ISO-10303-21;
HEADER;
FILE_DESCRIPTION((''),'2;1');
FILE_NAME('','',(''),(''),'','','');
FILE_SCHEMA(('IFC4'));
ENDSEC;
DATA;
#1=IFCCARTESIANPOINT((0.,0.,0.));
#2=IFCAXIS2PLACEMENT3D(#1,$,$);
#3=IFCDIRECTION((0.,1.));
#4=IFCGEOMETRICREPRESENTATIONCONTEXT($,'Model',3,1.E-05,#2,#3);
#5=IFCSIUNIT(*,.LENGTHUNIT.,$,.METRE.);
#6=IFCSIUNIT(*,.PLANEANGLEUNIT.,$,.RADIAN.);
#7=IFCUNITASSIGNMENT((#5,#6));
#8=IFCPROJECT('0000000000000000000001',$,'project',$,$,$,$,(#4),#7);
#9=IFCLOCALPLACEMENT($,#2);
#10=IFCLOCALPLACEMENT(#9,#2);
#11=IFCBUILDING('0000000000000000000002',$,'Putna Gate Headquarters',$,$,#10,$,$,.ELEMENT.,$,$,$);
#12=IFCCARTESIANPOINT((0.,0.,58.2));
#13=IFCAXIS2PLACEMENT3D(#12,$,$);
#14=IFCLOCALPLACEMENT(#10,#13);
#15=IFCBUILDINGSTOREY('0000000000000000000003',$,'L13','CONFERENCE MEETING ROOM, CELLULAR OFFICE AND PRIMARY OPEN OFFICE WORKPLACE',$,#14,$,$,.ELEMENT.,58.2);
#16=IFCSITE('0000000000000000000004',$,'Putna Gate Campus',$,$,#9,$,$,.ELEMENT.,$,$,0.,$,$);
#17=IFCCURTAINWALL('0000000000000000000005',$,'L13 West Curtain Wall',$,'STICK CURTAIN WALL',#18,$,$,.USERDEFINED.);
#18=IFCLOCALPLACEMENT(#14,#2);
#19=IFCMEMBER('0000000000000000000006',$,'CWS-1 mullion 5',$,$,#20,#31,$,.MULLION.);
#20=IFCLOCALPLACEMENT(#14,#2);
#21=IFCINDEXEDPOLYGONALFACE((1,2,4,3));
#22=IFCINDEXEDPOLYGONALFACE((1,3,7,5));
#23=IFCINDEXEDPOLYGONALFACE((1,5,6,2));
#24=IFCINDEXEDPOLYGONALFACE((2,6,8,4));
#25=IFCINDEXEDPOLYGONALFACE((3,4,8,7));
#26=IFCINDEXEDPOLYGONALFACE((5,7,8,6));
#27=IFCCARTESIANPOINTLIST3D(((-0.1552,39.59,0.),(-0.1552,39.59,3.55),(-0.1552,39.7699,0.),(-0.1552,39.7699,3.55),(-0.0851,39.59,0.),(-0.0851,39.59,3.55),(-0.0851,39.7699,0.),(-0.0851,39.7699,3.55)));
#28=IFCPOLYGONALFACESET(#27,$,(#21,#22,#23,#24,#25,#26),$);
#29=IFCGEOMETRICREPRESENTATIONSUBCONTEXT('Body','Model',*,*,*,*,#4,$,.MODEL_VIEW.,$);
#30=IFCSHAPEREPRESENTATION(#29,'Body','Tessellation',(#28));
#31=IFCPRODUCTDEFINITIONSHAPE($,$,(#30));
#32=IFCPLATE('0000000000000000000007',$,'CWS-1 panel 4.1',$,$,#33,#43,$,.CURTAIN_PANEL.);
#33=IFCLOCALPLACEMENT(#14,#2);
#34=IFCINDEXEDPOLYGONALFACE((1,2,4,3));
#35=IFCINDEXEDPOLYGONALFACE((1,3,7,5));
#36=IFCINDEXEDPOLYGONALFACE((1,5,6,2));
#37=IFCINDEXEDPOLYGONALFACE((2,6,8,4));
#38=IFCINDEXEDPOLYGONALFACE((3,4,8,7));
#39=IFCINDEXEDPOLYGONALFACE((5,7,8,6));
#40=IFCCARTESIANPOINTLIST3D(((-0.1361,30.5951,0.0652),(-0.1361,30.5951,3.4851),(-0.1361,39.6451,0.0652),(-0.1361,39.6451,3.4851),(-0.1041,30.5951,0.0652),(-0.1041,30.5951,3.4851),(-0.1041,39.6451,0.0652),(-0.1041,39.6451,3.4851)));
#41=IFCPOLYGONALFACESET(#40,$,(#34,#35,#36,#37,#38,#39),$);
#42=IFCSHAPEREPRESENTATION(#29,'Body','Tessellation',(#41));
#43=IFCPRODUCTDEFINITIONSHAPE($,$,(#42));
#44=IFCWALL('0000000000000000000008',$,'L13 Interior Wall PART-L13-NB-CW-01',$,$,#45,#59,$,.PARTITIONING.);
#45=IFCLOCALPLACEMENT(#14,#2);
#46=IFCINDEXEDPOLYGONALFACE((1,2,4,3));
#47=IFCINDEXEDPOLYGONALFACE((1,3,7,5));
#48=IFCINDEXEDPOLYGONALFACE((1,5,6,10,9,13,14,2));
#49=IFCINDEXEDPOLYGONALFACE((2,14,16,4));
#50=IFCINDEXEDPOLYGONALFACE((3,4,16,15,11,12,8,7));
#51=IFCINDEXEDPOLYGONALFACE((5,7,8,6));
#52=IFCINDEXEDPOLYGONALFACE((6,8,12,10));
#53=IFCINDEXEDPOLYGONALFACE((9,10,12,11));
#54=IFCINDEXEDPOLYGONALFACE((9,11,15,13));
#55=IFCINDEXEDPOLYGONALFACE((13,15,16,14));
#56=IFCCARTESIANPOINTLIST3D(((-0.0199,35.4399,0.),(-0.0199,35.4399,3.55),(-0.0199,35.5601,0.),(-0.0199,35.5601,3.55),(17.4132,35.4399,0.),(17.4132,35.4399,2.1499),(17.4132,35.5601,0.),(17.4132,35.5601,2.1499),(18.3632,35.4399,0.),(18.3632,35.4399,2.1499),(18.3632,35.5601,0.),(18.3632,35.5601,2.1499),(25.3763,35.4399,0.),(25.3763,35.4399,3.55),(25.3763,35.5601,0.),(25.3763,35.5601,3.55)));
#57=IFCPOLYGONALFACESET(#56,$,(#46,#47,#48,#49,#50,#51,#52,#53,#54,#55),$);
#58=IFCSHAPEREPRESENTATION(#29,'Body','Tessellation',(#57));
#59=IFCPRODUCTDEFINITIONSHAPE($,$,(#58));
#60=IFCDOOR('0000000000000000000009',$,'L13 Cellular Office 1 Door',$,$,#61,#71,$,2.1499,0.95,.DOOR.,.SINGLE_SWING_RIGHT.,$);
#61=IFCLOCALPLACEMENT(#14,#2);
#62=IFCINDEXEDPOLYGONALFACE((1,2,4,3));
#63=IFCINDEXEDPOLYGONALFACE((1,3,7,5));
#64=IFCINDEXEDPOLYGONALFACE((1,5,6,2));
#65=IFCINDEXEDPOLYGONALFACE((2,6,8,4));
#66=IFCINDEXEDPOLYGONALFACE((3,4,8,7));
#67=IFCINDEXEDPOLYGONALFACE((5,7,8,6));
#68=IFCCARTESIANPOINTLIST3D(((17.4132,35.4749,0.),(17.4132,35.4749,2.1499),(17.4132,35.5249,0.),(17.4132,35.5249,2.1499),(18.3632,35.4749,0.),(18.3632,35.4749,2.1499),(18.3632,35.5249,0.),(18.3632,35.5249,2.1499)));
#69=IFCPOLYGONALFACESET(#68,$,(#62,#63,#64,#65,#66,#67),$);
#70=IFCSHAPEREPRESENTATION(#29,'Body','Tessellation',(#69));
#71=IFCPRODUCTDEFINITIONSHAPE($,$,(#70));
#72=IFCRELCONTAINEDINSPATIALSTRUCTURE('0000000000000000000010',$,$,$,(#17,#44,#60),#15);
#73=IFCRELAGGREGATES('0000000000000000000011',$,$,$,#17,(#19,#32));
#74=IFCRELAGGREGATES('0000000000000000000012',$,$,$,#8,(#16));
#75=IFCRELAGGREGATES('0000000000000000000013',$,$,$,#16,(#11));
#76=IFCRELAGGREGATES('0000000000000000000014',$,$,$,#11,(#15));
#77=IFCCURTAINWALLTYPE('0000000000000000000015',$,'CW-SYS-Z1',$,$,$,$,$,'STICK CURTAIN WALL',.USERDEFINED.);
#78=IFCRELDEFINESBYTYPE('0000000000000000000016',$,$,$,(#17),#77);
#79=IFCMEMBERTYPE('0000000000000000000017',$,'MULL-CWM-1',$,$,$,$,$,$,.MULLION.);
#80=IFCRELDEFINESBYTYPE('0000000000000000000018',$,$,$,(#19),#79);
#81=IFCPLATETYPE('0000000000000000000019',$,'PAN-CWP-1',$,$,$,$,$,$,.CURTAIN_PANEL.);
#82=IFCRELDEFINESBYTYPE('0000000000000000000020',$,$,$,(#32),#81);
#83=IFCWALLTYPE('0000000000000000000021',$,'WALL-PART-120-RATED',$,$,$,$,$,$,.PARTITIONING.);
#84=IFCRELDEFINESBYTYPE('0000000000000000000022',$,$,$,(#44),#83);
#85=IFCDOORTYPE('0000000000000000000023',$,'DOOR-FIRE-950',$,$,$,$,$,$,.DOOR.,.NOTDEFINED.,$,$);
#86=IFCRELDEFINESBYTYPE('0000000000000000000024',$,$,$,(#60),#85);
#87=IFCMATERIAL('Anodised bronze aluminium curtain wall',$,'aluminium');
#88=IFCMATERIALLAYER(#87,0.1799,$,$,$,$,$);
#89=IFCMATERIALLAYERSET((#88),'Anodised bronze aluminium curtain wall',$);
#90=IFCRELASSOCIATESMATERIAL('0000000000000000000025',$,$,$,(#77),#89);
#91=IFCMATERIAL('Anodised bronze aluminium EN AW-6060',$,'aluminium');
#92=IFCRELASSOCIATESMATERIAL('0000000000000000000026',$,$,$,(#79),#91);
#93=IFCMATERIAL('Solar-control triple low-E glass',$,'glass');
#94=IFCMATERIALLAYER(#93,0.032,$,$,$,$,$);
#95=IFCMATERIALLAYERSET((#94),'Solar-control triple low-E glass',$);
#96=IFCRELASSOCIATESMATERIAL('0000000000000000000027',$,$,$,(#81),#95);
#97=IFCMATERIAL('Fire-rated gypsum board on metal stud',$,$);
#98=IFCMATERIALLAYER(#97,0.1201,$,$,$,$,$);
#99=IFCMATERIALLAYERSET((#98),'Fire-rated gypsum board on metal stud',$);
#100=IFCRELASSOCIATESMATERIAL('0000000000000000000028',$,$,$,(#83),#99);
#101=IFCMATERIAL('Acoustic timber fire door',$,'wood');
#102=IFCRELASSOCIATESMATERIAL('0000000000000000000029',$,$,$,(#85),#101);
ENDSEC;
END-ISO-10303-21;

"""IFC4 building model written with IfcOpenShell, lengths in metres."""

from ifc_helpers import new_model, si_unit, direction, frame, frame_2d, origin, origin_2d, place, context, subcontext, project, spatial, rectangle, extrude, material, layer, layer_set, material_profile, profile_set, type_object, element, fill, aggregate, save


model = new_model("IFC4")

# Units and contexts
model_context = context("Model", 3, precision=1e-05, world=origin(), true_north=direction((0.0, 1.0)))
body_context = subcontext(model_context, "Body", "Model", "MODEL_VIEW")
ifc_project = project(units=[si_unit("LENGTHUNIT", "METRE"), si_unit("PLANEANGLEUNIT", "RADIAN")], contexts=[model_context])

# Site, building, storey
site_placement = place(None, origin())
site = spatial("IfcSite", under=ifc_project, at=site_placement, Name="Putna Gate Campus", CompositionType="ELEMENT", RefElevation=0.0)
building_placement = place(site_placement, origin())
building = spatial("IfcBuilding", under=site, at=building_placement, Name="Putna Gate Headquarters", CompositionType="ELEMENT")
storey_placement = place(building_placement, frame((0.0, 0.0, 58.2)))
storey = spatial("IfcBuildingStorey", under=building, at=storey_placement, Name="L13", Description="CONFERENCE MEETING ROOM, CELLULAR OFFICE AND PRIMARY OPEN OFFICE WORKPLACE", CompositionType="ELEMENT", Elevation=58.2)

# Curtain wall, member, plate
ifc_material_1 = material(Name="Anodised bronze aluminium curtain wall", Category="aluminium")
ifc_layer_1 = layer(ifc_material_1, 0.1799)
ifc_layer_set_1 = layer_set([ifc_layer_1], Name="Anodised bronze aluminium curtain wall")
curtain_wall_type = type_object("IfcCurtainWallType", Name="CW-SYS-Z1", ElementType="STICK CURTAIN WALL", PredefinedType="USERDEFINED", material=ifc_layer_set_1)
curtain_wall_placement = place(storey_placement, origin())
curtain_wall = element("IfcCurtainWall", 1, at=curtain_wall_placement, inside=storey, type_object=curtain_wall_type, Name="L13 West Curtain Wall", ObjectType="STICK CURTAIN WALL", PredefinedType="USERDEFINED")
ifc_material_2 = material(Name="Anodised bronze aluminium EN AW-6060", Category="aluminium")
ifc_material_profile_1 = material_profile(ifc_material_2, rectangle(XDim=0.0701, YDim=0.1799, at=origin_2d()), Name="Anodised bronze aluminium EN AW-6060")
ifc_profile_set_1 = profile_set([ifc_material_profile_1], Name="Anodised bronze aluminium EN AW-6060")
member_type = type_object("IfcMemberType", Name="MULL-CWM-1", PredefinedType="MULLION", material=ifc_profile_set_1)
member_placement = place(storey_placement, frame((-0.1201, 39.6799, 0.0), z_axis=(0.0, 0.0, 1.0), x_axis=(-1.0, 0.0, 0.0)))
member = element("IfcMember", 2, at=member_placement, type_object=member_type, Name="CWS-1 mullion 5", PredefinedType="MULLION", context=body_context, shape_type="SweptSolid", body=[
    extrude(rectangle(XDim=0.0701, YDim=0.1799, at=origin_2d()), origin(), (0.0, 0.0, 1.0), 3.55),
])
ifc_material_3 = material(Name="Solar-control triple low-E glass", Category="glass")
ifc_layer_2 = layer(ifc_material_3, 0.032)
ifc_layer_set_2 = layer_set([ifc_layer_2], Name="Solar-control triple low-E glass")
plate_type = type_object("IfcPlateType", Name="PAN-CWP-1", PredefinedType="CURTAIN_PANEL", material=ifc_layer_set_2)
plate_placement = place(storey_placement, frame((-0.1201, 35.1201, 0.0652), z_axis=(0.0, 0.0, 1.0), x_axis=(0.0, 1.0, 0.0)))
plate = element("IfcPlate", 3, at=plate_placement, type_object=plate_type, Name="CWS-1 panel 4.1", PredefinedType="CURTAIN_PANEL", context=body_context, shape_type="SweptSolid", body=[
    extrude(rectangle(XDim=9.05, YDim=0.032, at=origin_2d()), origin(), (0.0, 0.0, 1.0), 3.4199),
])
aggregate(curtain_wall, [member, plate])

# Wall, opening, door
ifc_material_4 = material(Name="Fire-rated gypsum board on metal stud")
ifc_layer_3 = layer(ifc_material_4, 0.1201)
ifc_layer_set_3 = layer_set([ifc_layer_3], Name="Fire-rated gypsum board on metal stud")
wall_type_1 = type_object("IfcWallType", Name="WALL-PART-120-RATED", PredefinedType="PARTITIONING", material=ifc_layer_set_3)
wall_1_placement = place(storey_placement, frame((-0.02, 35.5, 0.0), z_axis=(0.0, 0.0, 1.0), x_axis=(1.0, 0.0, 0.0)))
wall_1 = element("IfcWall", 4, at=wall_1_placement, inside=storey, type_object=wall_type_1, Name="L13 Interior Wall PART-L13-NB-CW-01", PredefinedType="PARTITIONING", context=body_context, shape_type="SweptSolid", body=[
    extrude(rectangle(XDim=25.3962, YDim=0.1201, at=frame_2d((12.6982, 0.0))), origin(), (0.0, 0.0, 1.0), 3.55),
])
opening_1_placement = place(wall_1_placement, frame((17.4331, 0.0, 0.0)))
opening_1 = element("IfcOpeningElement", 5, at=opening_1_placement, cuts=wall_1, PredefinedType="OPENING", context=body_context, shape_type="SweptSolid", body=[
    extrude(rectangle(XDim=0.95, YDim=2.1499, at=frame_2d((0.4751, 1.075))), frame((0.0, 0.0701, 0.0), z_axis=(0.0, -1.0, 0.0), x_axis=(1.0, 0.0, 0.0)), (0.0, 0.0, 1.0), 0.1401),
])
ifc_material_5 = material(Name="Acoustic timber fire door", Category="wood")
door_type_1 = type_object("IfcDoorType", Name="DOOR-FIRE-950", OperationType="NOTDEFINED", PredefinedType="DOOR", material=ifc_material_5)
door_1_placement = place(opening_1_placement, origin())
door_1 = element("IfcDoor", 6, at=door_1_placement, inside=storey, type_object=door_type_1, Name="L13 Cellular Office 1 Door", OperationType="SINGLE_SWING_RIGHT", OverallHeight=2.1499, OverallWidth=0.95, PredefinedType="DOOR", context=body_context, shape_type="SweptSolid", body=[
    extrude(rectangle(XDim=0.95, YDim=2.1499, at=frame_2d((0.4751, 1.075))), frame((0.0, 0.0249, 0.0), z_axis=(0.0, -1.0, 0.0), x_axis=(1.0, 0.0, 0.0)), (0.0, 0.0, 1.0), 0.05),
])
fill(opening_1, door_1)

save(model, "model.ifc")
